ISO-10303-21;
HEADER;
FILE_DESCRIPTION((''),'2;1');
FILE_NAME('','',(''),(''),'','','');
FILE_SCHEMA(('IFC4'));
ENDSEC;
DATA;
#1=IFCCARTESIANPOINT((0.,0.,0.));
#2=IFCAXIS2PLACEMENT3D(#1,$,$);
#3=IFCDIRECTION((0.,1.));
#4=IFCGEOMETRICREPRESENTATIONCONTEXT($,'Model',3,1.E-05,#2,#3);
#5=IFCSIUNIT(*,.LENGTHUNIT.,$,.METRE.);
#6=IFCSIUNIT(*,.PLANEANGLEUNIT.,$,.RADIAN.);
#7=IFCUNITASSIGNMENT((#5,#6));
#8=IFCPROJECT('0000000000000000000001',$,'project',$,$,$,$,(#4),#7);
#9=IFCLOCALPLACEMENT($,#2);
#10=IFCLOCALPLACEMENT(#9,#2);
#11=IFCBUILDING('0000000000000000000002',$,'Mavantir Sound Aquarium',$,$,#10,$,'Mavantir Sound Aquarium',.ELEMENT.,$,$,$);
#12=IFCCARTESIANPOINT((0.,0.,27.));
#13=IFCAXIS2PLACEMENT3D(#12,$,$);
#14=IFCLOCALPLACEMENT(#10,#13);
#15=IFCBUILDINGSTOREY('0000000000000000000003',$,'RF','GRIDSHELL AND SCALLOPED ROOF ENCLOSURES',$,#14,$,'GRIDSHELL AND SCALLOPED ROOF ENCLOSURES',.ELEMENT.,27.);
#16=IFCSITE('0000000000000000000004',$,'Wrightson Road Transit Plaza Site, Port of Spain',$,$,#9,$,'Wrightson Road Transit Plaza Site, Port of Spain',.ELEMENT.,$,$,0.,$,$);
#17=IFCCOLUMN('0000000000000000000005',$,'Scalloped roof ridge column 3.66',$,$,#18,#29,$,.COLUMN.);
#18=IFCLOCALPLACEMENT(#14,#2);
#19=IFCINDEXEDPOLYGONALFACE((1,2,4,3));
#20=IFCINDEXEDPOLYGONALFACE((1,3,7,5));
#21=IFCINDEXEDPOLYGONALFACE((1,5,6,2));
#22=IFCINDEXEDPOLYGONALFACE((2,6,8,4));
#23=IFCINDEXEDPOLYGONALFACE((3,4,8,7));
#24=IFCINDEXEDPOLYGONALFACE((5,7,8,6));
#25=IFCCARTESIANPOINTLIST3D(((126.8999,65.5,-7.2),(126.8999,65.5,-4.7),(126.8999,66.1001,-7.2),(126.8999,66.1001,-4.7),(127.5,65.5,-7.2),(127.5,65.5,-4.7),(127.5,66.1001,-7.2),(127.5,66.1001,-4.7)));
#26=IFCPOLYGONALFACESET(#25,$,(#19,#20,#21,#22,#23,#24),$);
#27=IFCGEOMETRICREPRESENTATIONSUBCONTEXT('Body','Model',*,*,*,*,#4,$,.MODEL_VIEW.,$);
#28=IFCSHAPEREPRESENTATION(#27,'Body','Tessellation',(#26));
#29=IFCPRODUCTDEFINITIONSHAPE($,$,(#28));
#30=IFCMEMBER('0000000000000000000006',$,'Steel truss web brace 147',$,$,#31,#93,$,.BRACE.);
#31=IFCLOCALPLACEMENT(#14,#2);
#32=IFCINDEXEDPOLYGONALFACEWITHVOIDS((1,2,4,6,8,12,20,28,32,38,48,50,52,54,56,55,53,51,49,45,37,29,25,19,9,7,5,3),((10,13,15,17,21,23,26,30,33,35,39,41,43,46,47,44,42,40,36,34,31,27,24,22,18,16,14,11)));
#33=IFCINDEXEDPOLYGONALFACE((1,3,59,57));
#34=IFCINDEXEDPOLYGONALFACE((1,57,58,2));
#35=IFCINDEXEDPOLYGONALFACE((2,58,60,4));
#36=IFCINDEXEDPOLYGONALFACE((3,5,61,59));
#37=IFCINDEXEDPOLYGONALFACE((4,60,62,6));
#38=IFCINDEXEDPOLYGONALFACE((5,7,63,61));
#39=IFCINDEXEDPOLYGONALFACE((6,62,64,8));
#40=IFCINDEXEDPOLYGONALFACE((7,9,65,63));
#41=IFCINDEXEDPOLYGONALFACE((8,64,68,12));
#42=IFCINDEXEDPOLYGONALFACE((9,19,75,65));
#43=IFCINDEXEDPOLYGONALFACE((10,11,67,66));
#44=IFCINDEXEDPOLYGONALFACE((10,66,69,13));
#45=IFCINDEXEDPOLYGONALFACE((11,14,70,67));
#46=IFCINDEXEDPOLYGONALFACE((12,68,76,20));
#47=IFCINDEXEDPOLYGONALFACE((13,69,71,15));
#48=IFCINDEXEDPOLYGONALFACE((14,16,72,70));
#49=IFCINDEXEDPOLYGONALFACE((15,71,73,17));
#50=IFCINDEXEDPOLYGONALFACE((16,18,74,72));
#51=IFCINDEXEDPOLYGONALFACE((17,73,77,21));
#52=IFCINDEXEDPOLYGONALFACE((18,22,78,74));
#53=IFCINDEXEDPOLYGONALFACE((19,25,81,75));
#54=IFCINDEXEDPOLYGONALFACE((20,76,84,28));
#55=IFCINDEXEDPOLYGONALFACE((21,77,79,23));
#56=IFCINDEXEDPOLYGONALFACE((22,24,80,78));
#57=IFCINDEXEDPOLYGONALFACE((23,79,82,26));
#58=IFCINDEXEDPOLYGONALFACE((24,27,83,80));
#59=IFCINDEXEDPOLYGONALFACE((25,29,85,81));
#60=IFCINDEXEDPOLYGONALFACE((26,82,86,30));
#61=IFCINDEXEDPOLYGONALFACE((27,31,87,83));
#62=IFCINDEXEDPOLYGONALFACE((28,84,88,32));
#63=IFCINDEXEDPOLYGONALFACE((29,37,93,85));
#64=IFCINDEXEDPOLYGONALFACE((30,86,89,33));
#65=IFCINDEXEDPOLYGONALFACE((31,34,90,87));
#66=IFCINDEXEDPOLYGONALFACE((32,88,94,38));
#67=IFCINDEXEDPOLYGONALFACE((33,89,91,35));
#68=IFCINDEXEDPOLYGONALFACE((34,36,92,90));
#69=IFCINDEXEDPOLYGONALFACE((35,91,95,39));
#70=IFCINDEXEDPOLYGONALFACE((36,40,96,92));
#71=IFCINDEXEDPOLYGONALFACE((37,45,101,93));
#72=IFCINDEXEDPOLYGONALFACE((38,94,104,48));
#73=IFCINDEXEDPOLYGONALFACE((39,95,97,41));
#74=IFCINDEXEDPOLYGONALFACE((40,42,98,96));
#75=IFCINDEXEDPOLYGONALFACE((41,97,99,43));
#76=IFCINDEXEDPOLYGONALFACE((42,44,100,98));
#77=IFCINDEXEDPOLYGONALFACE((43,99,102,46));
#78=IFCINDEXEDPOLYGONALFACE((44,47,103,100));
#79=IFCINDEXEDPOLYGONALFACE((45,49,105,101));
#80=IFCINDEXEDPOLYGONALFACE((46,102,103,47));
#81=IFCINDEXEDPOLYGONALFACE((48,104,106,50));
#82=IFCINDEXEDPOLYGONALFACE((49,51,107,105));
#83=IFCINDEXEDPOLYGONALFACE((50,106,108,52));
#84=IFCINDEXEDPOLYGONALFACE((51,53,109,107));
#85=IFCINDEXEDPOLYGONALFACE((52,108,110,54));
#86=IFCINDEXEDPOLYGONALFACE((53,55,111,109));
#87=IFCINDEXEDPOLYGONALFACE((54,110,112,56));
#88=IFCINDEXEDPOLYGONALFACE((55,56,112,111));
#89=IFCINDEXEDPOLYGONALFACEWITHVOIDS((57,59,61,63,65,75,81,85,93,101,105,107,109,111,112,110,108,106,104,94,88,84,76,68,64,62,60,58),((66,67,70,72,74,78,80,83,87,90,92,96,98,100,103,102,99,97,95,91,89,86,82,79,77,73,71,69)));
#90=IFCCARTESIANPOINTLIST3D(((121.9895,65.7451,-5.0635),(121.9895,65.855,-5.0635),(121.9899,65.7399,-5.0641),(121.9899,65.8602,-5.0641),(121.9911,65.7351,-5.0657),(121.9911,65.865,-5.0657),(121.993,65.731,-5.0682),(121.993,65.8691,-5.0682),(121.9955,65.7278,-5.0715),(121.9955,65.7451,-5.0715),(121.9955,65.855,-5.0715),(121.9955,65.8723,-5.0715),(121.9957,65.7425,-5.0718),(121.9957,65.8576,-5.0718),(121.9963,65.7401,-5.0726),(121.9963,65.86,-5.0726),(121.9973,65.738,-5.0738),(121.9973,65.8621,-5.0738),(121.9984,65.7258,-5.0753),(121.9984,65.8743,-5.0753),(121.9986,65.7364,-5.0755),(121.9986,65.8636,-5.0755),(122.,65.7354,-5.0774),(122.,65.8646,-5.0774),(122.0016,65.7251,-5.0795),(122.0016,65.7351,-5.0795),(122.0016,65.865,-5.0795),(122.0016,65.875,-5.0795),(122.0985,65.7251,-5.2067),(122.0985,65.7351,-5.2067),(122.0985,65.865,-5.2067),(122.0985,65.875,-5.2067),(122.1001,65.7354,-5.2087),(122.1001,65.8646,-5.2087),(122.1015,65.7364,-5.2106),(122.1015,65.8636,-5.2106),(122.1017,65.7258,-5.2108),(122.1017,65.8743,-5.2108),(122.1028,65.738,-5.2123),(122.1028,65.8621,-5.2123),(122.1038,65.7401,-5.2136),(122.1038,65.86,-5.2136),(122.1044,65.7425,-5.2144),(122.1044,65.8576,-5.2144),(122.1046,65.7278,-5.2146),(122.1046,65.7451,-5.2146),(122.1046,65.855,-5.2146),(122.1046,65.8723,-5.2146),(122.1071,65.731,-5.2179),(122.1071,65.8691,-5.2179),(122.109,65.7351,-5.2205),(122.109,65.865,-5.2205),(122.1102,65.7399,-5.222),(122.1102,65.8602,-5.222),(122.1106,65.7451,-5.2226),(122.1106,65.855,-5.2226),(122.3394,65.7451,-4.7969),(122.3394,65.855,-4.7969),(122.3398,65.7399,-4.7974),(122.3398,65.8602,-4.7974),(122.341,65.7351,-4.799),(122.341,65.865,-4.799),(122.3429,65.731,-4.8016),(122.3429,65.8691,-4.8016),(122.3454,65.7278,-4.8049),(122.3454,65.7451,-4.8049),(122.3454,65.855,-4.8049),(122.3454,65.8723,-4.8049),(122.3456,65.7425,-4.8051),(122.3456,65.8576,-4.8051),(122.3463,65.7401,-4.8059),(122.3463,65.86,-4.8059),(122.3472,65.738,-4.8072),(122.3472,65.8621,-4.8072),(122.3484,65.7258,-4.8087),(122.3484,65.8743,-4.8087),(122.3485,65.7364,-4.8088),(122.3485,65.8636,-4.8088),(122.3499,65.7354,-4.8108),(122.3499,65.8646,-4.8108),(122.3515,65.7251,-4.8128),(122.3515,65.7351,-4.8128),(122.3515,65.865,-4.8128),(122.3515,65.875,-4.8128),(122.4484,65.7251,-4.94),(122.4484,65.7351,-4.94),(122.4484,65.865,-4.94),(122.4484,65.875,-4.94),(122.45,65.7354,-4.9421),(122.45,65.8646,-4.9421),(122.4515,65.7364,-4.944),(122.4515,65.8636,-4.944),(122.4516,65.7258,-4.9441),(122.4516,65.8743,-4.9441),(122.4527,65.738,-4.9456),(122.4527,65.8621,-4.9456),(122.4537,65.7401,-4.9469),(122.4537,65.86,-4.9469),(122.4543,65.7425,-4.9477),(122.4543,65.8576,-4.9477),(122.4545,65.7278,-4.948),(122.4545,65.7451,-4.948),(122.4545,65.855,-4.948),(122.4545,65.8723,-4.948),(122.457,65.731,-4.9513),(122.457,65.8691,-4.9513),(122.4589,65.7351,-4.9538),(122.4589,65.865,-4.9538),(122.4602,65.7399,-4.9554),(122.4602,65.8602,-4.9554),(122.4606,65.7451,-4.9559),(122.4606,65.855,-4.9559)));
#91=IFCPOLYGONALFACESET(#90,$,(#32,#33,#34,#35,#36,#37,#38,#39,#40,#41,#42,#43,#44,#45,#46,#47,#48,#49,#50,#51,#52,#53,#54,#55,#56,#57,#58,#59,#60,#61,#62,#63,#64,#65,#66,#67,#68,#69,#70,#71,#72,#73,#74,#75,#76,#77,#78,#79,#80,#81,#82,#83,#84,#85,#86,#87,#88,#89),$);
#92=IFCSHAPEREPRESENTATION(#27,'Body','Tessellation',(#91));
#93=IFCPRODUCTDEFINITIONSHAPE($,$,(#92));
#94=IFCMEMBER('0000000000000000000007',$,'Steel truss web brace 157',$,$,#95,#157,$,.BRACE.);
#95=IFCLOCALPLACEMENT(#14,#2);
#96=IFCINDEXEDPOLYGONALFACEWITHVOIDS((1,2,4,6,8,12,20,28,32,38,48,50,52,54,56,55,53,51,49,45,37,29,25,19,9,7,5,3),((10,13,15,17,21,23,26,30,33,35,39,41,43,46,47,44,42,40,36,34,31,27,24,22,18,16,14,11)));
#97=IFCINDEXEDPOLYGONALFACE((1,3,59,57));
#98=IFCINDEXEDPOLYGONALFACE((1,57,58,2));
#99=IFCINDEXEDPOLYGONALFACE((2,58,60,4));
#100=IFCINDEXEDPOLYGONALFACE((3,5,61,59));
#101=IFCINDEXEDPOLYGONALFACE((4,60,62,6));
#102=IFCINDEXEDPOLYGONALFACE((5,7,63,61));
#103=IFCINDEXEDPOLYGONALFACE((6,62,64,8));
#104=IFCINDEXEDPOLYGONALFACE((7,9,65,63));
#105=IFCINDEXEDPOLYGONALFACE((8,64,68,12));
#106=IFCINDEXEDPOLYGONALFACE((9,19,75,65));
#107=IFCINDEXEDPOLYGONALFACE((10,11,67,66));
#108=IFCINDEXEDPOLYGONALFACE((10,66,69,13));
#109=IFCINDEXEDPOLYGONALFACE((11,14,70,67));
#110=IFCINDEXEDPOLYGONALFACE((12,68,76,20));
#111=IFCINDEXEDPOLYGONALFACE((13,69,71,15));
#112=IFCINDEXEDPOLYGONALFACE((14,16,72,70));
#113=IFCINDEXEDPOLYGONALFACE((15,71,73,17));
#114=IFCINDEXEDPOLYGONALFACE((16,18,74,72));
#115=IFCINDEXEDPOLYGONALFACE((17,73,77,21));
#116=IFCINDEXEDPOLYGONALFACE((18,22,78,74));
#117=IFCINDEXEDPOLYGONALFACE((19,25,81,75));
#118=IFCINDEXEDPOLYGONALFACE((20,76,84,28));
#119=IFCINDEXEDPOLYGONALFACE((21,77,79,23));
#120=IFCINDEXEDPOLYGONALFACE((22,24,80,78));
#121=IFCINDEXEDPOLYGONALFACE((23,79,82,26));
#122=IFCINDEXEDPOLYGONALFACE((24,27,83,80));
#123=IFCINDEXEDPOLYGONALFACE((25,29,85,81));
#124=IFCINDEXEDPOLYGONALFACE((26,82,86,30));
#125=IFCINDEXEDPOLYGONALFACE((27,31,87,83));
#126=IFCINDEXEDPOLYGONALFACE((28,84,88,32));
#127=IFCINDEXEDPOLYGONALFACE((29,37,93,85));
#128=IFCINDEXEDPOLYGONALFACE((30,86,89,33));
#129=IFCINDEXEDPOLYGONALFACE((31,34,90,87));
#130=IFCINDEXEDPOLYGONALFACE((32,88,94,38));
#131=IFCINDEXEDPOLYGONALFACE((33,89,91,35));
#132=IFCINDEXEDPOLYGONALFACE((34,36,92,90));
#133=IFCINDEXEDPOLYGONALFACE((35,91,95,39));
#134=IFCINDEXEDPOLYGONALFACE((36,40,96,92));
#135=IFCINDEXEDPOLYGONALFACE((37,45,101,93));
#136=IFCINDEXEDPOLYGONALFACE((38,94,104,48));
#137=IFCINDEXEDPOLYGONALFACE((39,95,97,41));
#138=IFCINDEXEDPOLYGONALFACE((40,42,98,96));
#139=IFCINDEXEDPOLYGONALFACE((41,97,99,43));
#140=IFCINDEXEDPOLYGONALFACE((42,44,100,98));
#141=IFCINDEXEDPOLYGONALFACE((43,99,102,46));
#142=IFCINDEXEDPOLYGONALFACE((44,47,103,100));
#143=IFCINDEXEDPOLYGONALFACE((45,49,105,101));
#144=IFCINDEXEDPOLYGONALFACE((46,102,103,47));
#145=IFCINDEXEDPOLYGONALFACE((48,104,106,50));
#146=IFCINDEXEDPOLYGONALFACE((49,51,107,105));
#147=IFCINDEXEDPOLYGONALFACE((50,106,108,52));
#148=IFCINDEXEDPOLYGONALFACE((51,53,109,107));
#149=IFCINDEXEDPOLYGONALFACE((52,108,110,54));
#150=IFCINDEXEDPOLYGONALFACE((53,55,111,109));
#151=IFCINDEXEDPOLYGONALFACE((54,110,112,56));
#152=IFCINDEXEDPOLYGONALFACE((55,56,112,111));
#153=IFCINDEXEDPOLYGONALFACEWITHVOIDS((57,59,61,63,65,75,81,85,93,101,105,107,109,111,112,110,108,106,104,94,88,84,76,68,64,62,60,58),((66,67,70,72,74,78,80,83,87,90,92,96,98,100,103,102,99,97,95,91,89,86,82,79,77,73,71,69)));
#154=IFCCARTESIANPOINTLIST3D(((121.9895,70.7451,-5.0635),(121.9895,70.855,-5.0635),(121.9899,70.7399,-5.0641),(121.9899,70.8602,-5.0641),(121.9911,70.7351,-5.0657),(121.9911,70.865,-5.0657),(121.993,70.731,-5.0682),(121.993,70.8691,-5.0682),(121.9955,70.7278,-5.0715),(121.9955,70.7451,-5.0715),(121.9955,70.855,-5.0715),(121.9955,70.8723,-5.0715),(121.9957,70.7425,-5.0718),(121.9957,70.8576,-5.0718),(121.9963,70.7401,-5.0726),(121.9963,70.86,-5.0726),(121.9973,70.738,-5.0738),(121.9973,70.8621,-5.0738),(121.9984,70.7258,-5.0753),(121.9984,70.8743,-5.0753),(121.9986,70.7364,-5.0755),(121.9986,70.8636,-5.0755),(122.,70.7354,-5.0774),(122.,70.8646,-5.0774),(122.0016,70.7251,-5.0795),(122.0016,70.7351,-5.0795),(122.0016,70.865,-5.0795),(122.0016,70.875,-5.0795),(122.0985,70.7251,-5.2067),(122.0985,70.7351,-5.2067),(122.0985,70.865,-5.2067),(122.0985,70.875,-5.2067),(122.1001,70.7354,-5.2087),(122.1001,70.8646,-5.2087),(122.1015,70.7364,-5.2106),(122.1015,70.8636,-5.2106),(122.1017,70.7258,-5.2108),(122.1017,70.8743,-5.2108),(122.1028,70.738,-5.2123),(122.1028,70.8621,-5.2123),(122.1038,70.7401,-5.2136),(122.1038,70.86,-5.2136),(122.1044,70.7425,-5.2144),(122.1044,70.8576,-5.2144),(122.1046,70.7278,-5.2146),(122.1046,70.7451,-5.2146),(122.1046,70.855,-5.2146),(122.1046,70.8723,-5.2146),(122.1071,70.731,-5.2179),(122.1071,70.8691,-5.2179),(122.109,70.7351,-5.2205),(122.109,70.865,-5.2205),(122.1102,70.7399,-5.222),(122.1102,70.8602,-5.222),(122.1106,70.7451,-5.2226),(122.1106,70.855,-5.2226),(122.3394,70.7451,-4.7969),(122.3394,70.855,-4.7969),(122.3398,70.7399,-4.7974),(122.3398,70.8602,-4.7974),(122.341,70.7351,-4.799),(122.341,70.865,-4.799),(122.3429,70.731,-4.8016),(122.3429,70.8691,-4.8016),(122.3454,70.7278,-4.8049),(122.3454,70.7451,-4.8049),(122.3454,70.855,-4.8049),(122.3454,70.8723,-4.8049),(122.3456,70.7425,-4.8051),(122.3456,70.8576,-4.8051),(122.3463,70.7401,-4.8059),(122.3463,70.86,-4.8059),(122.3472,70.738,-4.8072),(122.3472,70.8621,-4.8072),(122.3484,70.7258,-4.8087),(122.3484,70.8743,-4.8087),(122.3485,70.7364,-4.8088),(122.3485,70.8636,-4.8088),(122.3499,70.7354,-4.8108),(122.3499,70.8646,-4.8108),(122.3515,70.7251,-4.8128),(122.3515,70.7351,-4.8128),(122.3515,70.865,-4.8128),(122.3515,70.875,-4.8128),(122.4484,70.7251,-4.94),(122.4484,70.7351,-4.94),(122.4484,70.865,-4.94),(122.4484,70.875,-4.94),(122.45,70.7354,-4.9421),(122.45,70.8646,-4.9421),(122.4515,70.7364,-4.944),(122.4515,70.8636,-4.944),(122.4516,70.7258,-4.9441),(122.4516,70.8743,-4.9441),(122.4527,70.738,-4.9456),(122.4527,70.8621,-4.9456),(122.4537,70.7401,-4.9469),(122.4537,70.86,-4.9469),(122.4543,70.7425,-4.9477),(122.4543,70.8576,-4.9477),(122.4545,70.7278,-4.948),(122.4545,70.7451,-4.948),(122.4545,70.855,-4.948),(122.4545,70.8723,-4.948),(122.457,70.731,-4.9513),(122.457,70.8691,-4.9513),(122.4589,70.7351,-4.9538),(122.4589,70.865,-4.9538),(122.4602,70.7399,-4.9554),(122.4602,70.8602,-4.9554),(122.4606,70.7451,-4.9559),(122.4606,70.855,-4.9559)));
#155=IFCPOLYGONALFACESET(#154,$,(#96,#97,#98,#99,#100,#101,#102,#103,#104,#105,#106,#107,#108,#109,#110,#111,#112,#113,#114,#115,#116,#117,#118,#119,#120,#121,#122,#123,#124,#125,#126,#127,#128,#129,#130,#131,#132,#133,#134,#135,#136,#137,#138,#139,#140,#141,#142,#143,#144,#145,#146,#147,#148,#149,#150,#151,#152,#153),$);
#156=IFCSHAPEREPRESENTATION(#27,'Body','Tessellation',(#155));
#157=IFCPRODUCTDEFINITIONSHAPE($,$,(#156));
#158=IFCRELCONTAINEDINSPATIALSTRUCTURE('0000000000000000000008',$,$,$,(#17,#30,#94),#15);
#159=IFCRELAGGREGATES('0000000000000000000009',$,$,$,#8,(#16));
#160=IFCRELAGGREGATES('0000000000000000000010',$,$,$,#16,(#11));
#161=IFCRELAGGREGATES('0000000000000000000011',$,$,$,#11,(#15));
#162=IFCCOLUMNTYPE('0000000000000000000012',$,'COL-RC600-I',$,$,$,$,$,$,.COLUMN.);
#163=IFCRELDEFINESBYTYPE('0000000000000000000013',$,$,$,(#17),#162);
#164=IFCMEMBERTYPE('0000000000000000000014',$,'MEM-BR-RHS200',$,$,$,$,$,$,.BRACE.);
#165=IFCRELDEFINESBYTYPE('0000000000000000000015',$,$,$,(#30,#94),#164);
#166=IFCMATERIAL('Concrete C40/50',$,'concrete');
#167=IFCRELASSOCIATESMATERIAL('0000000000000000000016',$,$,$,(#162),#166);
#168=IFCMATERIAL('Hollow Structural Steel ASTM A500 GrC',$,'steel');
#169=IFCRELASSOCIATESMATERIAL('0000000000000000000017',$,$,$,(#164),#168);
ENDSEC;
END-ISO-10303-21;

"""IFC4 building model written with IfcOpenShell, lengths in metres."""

from ifc_helpers import new_model, si_unit, direction, frame, origin, origin_2d, place, context, subcontext, project, spatial, rectangle, hollow_rectangle, extrude, material, material_profile, profile_set, type_object, element, save


model = new_model("IFC4")

# Units and contexts
model_context = context("Model", 3, precision=1e-05, world=origin(), true_north=direction((0.0, 1.0)))
body_context = subcontext(model_context, "Body", "Model", "MODEL_VIEW")
ifc_project = project(units=[si_unit("LENGTHUNIT", "METRE"), si_unit("PLANEANGLEUNIT", "RADIAN")], contexts=[model_context])

# Site, building, storey
site_placement = place(None, origin())
site = spatial("IfcSite", under=ifc_project, at=site_placement, Name="Wrightson Road Transit Plaza Site, Port of Spain", LongName="Wrightson Road Transit Plaza Site, Port of Spain", CompositionType="ELEMENT", RefElevation=0.0)
building_placement = place(site_placement, origin())
building = spatial("IfcBuilding", under=site, at=building_placement, Name="Mavantir Sound Aquarium", LongName="Mavantir Sound Aquarium", CompositionType="ELEMENT")
storey_placement = place(building_placement, frame((0.0, 0.0, 27.0)))
storey = spatial("IfcBuildingStorey", under=building, at=storey_placement, Name="RF", Description="GRIDSHELL AND SCALLOPED ROOF ENCLOSURES", LongName="GRIDSHELL AND SCALLOPED ROOF ENCLOSURES", CompositionType="ELEMENT", Elevation=27.0)

# Column
ifc_material_1 = material(Name="Concrete C40/50", Category="concrete")
ifc_material_profile_1 = material_profile(ifc_material_1, rectangle(XDim=0.6001, YDim=0.6001, at=origin_2d()), Name="RC 600X600")
ifc_profile_set_1 = profile_set([ifc_material_profile_1], Name="Concrete C40/50")
column_type = type_object("IfcColumnType", Name="COL-RC600-I", PredefinedType="COLUMN", material=ifc_profile_set_1)
column_placement = place(storey_placement, frame((127.2, 65.8, -7.2), z_axis=(0.0, 0.0, 1.0), x_axis=(1.0, 0.0, 0.0)))
element("IfcColumn", 1, at=column_placement, inside=storey, type_object=column_type, Name="Scalloped roof ridge column 3.66", PredefinedType="COLUMN", context=body_context, shape_type="SweptSolid", body=[
    extrude(rectangle(XDim=0.6001, YDim=0.6001, at=origin_2d()), origin(), (0.0, 0.0, 1.0), 2.5),
])

# Members
ifc_material_2 = material(Name="Hollow Structural Steel ASTM A500 GrC", Category="steel")
ifc_material_profile_2 = material_profile(ifc_material_2, hollow_rectangle(XDim=0.1499, YDim=0.2, WallThickness=0.01, InnerFilletRadius=0.01, OuterFilletRadius=0.02, at=origin_2d()), Name="RHS 200X150X10")
ifc_profile_set_2 = profile_set([ifc_material_profile_2], Name="Hollow Structural Steel ASTM A500 GrC")
member_type_1 = type_object("IfcMemberType", Name="MEM-BR-RHS200", PredefinedType="BRACE", material=ifc_profile_set_2)
for number, where, z_axis, x_axis, name in (
    (2, (122.05, 65.8, -5.1431), (0.795381, 0.0, 0.60611), (0.0, 1.0, 0.0), "Steel truss web brace 147"),
    (3, (122.05, 70.8, -5.1431), (0.795381, 0.0, 0.60611), (0.0, 1.0, 0.0), "Steel truss web brace 157"),
):
    element("IfcMember", number, at=place(storey_placement, frame(where, z_axis=z_axis, x_axis=x_axis)), inside=storey, type_object=member_type_1, Name=name, PredefinedType="BRACE", context=body_context, shape_type="SweptSolid", body=[
        extrude(hollow_rectangle(XDim=0.1499, YDim=0.2, WallThickness=0.01, InnerFilletRadius=0.01, OuterFilletRadius=0.02, at=origin_2d()), origin(), (0.0, 0.0, 1.0), 0.4399),
    ])

save(model, "model.ifc")
